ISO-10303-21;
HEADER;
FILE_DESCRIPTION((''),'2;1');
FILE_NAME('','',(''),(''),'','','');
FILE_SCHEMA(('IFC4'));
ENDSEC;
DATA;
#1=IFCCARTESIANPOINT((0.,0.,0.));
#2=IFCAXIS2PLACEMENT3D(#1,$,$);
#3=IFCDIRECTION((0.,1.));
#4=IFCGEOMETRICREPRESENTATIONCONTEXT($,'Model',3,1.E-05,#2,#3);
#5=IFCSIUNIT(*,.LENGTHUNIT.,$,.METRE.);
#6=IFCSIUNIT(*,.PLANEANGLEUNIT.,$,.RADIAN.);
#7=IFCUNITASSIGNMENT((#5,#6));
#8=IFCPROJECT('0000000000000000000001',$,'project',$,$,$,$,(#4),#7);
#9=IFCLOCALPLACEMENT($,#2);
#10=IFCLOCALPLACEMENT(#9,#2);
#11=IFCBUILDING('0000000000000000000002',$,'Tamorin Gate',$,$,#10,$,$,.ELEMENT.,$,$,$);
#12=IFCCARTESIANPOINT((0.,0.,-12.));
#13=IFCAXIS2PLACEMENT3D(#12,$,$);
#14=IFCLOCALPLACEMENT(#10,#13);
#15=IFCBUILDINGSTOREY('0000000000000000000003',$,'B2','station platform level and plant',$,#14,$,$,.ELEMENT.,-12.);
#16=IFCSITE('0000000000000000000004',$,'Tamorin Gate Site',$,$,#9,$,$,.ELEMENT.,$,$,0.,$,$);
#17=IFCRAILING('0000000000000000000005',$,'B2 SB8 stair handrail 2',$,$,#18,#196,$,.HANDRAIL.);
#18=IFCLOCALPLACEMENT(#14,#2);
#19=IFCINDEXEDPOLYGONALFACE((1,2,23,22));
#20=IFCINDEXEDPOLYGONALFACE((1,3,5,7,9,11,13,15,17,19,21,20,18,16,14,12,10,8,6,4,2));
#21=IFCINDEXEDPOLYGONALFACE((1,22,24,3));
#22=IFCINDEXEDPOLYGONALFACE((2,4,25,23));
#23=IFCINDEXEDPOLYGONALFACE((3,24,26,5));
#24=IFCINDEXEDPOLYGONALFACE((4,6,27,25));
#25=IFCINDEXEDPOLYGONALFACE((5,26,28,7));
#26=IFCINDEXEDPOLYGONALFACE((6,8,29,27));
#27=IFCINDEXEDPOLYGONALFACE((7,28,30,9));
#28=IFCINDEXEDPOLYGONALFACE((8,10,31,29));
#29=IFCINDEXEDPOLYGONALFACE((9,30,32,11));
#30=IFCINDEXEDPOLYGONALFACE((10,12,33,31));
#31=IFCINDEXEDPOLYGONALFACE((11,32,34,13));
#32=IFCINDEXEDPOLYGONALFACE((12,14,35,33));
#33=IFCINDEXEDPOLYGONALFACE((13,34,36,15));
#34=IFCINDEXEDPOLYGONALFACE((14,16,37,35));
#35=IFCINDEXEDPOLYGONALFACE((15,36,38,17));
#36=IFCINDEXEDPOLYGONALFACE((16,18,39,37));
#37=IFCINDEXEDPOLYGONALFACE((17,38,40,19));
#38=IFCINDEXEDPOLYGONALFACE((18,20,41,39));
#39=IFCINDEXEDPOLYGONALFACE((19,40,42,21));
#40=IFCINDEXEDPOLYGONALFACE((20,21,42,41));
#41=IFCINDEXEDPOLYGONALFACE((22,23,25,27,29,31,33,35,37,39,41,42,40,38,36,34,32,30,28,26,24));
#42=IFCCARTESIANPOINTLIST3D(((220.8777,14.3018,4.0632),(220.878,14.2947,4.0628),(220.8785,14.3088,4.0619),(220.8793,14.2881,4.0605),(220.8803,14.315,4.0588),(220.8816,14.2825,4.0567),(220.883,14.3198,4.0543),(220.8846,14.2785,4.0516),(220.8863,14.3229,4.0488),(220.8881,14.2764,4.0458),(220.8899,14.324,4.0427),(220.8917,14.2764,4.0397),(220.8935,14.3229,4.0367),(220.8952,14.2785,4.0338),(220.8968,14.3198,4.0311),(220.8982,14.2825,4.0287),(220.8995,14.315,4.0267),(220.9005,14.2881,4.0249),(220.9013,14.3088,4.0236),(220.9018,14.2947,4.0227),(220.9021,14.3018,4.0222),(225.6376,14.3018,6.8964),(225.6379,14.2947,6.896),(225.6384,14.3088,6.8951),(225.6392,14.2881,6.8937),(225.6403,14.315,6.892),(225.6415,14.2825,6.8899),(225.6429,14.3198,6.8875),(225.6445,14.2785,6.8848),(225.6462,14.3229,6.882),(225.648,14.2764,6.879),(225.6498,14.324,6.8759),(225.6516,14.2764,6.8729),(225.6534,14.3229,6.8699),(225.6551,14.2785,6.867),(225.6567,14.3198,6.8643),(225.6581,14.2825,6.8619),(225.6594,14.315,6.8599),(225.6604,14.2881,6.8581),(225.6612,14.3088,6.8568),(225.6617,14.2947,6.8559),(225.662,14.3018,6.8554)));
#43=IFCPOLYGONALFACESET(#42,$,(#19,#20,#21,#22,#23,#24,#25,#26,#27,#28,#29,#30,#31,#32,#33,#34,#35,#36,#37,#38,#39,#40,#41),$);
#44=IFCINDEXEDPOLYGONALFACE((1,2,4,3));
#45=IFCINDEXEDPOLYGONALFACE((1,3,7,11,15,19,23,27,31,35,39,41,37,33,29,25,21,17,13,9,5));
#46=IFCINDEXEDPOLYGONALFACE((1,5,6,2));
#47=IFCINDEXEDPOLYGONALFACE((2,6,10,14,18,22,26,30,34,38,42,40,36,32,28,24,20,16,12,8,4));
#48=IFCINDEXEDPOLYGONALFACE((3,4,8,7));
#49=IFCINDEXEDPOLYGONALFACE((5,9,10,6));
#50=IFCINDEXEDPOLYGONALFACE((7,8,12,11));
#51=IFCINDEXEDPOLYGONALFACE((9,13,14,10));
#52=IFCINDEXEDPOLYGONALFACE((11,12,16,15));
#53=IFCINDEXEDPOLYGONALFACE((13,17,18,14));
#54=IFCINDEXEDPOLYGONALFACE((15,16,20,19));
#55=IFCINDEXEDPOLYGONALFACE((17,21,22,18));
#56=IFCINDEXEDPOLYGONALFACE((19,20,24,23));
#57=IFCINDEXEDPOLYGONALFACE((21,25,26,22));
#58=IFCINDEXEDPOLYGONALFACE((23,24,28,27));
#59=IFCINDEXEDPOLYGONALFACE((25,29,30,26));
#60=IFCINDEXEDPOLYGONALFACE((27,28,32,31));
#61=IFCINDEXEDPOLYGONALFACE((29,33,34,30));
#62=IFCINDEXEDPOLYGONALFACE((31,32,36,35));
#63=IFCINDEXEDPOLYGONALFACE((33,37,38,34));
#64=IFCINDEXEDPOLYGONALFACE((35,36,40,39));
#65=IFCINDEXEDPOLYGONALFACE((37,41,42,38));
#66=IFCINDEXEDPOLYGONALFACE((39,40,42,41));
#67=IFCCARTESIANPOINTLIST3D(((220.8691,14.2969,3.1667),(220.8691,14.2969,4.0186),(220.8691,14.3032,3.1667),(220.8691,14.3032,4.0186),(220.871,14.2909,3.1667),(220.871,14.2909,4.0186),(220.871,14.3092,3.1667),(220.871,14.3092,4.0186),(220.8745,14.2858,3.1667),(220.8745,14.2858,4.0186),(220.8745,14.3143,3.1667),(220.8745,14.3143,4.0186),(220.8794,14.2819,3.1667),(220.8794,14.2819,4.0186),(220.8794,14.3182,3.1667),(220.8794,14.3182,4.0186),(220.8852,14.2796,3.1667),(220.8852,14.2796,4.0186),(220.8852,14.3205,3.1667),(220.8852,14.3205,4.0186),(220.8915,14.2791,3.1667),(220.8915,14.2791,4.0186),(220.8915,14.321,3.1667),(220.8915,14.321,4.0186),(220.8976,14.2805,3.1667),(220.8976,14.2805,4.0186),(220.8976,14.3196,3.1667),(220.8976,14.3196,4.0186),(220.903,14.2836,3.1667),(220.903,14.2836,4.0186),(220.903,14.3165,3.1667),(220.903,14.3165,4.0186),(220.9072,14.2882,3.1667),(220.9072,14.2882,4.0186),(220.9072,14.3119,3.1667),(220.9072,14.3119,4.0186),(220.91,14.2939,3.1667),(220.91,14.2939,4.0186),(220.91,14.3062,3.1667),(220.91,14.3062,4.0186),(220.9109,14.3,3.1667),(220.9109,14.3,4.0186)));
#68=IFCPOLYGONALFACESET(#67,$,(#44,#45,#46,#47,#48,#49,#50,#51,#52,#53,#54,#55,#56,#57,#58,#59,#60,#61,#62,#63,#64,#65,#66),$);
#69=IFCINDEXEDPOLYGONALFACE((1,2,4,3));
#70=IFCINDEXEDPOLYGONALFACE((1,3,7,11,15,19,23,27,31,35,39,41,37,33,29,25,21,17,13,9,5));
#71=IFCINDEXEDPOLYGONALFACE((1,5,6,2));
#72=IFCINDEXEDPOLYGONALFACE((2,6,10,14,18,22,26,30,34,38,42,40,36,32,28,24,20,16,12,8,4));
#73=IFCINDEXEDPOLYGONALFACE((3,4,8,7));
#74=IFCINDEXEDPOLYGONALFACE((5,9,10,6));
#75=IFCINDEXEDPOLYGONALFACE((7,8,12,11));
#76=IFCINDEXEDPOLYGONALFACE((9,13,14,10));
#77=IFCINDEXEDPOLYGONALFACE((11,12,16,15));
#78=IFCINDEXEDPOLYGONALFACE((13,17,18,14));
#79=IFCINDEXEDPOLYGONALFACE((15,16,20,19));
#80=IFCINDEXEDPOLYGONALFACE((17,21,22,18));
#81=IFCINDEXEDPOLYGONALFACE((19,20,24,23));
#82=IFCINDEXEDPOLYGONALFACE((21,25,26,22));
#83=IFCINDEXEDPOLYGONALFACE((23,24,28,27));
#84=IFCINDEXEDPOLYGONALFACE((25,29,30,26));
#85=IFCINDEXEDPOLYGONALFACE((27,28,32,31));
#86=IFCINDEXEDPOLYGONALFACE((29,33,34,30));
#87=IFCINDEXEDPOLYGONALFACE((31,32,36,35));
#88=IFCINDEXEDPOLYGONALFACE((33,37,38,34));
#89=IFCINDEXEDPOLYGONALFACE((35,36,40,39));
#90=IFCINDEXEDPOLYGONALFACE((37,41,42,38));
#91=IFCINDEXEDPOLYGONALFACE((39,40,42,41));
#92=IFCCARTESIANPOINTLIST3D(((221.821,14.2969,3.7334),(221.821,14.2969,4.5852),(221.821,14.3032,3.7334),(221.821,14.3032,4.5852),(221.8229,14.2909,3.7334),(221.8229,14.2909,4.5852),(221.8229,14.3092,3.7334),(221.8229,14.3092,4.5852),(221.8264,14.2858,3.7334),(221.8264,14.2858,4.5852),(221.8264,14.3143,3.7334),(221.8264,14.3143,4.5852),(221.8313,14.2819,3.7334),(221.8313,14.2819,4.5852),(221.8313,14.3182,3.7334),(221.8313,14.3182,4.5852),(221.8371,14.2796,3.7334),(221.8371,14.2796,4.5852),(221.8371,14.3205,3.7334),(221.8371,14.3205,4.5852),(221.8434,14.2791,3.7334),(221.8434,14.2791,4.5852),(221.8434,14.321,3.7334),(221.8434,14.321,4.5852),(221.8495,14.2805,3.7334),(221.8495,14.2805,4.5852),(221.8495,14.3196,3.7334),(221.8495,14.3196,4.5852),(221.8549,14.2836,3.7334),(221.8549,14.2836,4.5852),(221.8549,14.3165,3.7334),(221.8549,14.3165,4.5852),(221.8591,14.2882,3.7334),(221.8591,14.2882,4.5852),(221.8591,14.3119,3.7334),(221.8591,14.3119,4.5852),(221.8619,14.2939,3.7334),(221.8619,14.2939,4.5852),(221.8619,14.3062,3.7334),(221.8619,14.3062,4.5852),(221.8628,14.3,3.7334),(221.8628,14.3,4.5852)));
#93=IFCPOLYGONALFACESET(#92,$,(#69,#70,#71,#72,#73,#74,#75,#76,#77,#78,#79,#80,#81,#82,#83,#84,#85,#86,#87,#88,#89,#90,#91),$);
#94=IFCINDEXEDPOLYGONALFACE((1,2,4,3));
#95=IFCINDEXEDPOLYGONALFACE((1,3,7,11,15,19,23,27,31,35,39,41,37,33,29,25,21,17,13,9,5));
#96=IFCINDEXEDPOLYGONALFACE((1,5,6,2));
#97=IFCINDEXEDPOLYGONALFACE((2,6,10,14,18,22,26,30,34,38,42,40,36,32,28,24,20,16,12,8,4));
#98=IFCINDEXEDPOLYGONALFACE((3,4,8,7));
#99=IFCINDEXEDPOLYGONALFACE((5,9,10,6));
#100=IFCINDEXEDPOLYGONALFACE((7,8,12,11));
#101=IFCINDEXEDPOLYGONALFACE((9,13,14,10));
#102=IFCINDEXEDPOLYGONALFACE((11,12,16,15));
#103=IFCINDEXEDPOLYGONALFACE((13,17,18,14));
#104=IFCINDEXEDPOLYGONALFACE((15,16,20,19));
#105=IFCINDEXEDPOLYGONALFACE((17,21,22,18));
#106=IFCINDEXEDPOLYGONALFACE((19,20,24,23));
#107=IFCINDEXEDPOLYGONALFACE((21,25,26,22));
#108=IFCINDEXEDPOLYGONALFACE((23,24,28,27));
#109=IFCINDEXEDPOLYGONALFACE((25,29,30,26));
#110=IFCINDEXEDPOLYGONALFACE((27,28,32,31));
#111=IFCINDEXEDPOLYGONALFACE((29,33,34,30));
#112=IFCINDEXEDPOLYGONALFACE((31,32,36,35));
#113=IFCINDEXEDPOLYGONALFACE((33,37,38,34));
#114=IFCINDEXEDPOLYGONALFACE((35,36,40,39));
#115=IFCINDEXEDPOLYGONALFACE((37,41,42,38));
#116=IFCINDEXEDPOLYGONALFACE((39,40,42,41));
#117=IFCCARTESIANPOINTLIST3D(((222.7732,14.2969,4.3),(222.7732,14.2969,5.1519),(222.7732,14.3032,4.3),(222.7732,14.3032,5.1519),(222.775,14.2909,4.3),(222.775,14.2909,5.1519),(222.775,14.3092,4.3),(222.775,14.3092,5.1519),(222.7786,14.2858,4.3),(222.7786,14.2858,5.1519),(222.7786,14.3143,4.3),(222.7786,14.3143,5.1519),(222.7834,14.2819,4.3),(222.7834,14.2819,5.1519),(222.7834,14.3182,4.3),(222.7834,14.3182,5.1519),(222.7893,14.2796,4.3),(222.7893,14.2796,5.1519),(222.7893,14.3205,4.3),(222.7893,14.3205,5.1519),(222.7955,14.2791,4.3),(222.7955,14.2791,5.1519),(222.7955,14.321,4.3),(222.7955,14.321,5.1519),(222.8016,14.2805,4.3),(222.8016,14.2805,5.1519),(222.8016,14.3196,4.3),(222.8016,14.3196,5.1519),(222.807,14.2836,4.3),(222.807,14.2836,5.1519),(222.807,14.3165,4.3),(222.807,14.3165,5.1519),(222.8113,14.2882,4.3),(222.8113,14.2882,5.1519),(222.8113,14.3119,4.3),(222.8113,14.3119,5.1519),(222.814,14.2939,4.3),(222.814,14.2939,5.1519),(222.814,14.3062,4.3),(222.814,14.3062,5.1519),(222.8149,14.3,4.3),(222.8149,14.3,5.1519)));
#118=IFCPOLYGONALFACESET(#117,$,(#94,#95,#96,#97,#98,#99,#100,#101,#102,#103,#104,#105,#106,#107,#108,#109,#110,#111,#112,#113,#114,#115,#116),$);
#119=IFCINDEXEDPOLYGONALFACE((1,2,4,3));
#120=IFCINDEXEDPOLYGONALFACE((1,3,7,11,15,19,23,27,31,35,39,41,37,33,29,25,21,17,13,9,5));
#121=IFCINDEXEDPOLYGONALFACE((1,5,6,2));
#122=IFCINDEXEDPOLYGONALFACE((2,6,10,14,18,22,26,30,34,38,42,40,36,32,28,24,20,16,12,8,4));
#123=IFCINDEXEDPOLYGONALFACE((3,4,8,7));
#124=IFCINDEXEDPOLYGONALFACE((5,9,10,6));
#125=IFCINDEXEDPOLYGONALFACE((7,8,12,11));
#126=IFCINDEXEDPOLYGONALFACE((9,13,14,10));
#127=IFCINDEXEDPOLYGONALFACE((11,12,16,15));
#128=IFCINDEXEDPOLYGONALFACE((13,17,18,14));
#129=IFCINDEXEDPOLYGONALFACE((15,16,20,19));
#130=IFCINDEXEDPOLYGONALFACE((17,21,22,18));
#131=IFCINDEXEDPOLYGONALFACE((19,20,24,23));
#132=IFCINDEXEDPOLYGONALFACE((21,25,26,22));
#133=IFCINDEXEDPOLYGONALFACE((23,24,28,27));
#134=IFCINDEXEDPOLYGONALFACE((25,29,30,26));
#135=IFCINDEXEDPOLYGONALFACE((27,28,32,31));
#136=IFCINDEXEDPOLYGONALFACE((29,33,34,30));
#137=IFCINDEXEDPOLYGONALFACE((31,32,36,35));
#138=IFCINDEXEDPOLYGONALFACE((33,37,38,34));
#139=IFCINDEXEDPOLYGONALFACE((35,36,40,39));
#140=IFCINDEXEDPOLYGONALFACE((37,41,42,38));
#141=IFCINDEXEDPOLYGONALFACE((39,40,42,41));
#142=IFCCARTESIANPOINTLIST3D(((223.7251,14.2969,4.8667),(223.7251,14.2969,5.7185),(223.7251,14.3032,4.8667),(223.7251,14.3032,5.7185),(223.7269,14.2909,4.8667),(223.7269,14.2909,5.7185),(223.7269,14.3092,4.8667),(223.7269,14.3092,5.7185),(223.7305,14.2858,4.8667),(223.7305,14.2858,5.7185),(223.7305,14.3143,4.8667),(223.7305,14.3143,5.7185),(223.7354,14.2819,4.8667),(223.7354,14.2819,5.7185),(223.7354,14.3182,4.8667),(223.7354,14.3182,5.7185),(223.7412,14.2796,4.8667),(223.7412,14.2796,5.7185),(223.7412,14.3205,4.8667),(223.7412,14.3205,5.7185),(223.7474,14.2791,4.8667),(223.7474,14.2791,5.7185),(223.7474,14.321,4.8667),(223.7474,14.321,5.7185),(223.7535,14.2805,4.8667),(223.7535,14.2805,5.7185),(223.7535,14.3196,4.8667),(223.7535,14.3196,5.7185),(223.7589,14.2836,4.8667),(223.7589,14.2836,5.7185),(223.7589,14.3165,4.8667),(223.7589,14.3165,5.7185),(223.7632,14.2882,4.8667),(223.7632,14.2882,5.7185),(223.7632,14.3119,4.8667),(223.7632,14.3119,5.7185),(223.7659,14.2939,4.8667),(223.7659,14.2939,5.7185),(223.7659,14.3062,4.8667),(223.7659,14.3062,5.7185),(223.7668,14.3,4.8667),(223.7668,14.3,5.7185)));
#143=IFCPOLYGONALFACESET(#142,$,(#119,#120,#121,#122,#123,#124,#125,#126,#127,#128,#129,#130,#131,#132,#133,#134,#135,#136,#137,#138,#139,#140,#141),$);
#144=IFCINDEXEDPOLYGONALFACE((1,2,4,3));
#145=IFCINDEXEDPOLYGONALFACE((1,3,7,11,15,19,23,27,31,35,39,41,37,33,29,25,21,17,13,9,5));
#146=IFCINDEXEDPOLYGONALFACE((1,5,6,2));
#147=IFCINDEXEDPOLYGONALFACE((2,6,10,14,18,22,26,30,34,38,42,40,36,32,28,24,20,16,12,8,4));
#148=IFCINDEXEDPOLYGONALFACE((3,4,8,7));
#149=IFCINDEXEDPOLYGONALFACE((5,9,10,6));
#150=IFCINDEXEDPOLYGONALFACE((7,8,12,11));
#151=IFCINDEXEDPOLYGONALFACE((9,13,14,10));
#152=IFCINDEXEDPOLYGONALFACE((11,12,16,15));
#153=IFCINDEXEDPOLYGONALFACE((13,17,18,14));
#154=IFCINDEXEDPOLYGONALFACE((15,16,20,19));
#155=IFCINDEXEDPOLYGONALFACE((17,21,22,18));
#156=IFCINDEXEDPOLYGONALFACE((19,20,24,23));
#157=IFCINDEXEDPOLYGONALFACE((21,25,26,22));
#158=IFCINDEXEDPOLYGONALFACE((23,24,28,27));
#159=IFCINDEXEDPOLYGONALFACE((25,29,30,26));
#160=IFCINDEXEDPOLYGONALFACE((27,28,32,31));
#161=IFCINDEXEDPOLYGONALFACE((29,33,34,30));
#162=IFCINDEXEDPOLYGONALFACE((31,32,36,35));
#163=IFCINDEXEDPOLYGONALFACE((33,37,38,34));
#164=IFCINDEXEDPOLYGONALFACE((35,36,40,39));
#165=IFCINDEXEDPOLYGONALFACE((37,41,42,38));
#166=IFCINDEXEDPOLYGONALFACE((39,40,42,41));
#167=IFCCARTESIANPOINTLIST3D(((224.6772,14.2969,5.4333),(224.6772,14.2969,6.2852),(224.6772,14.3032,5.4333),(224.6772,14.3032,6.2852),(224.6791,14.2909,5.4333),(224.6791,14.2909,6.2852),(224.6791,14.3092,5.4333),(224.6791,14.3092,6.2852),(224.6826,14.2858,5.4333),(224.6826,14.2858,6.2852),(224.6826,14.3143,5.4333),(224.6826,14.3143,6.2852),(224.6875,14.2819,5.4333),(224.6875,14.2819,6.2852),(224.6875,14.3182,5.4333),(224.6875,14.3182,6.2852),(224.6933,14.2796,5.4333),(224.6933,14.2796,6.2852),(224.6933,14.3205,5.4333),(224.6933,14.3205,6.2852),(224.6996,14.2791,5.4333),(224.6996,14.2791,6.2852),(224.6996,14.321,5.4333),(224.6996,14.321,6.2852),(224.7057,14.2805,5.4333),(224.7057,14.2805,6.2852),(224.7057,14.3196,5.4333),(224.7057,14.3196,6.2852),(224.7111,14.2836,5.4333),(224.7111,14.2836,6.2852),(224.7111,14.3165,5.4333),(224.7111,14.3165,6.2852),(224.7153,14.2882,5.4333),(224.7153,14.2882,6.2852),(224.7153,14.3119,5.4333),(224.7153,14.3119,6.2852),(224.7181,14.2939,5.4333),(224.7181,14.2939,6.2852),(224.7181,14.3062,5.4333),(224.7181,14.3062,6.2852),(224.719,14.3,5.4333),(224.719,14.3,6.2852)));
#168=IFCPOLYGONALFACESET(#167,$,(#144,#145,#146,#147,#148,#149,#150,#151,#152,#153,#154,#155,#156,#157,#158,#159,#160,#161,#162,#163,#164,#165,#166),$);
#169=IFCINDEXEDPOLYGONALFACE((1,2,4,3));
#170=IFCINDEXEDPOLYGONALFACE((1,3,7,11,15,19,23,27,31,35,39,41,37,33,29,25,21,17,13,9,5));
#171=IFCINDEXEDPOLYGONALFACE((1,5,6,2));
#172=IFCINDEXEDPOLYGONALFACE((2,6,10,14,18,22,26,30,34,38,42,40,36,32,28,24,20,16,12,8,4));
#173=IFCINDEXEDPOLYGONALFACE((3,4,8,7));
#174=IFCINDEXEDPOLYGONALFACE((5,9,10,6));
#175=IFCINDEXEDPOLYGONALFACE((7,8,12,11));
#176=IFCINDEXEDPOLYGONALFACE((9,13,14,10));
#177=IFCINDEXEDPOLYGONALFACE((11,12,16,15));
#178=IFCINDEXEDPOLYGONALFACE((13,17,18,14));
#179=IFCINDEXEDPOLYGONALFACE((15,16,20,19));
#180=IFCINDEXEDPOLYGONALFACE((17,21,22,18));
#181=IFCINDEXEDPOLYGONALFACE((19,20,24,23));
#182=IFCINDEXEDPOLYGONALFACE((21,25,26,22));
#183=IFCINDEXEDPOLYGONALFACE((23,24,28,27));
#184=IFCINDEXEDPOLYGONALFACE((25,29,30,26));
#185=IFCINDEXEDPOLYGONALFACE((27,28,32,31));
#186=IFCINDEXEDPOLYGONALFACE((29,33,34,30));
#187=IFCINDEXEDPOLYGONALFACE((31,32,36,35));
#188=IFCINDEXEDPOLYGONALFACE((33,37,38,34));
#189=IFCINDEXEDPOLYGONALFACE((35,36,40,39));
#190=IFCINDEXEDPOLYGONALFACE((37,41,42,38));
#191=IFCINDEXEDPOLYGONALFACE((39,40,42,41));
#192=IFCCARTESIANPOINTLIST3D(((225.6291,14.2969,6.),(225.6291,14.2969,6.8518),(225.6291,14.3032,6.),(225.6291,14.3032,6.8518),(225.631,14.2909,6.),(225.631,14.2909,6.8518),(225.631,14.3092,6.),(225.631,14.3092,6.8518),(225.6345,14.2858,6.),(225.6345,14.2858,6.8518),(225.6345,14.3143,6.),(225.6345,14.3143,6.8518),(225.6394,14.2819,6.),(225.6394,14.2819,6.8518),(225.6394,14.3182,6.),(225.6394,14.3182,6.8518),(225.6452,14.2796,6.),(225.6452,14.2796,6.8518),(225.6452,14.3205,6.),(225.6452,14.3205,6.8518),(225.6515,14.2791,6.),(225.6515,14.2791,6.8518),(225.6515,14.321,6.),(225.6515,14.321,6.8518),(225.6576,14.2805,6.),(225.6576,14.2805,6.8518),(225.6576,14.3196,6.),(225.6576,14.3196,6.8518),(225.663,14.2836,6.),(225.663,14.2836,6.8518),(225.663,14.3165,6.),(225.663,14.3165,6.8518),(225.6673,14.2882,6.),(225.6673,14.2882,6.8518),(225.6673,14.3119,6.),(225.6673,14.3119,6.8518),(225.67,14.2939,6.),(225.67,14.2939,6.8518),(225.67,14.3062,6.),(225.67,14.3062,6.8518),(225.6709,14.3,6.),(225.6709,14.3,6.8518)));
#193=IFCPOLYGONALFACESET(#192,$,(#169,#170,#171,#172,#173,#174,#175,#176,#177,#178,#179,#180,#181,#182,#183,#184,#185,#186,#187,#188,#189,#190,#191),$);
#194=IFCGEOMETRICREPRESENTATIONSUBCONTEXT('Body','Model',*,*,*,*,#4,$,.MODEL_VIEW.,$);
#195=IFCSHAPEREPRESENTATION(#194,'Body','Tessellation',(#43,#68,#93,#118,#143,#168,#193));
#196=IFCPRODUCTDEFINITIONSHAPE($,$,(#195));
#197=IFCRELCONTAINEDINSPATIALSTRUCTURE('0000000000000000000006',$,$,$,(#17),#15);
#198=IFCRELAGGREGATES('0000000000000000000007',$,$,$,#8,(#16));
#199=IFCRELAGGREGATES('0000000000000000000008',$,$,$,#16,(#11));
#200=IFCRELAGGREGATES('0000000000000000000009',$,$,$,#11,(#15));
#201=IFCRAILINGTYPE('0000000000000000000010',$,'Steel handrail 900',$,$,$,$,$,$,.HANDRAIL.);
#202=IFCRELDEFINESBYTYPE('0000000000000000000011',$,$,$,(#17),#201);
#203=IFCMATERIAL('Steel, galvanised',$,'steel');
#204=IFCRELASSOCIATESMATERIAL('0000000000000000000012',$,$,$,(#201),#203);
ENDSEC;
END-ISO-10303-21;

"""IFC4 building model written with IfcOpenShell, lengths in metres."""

from ifc_helpers import new_model, si_unit, direction, frame, origin, origin_2d, place, context, subcontext, project, spatial, circle, extrude, material, type_object, element, save


model = new_model("IFC4")

# Units and contexts
model_context = context("Model", 3, precision=1e-05, world=origin(), true_north=direction((0.0, 1.0)))
body_context = subcontext(model_context, "Body", "Model", "MODEL_VIEW")
ifc_project = project(units=[si_unit("LENGTHUNIT", "METRE"), si_unit("PLANEANGLEUNIT", "RADIAN")], contexts=[model_context])

# Site, building, storey
site_placement = place(None, origin())
site = spatial("IfcSite", under=ifc_project, at=site_placement, Name="Tamorin Gate Site", CompositionType="ELEMENT", RefElevation=0.0)
building_placement = place(site_placement, origin())
building = spatial("IfcBuilding", under=site, at=building_placement, Name="Tamorin Gate", CompositionType="ELEMENT")
storey_placement = place(building_placement, frame((0.0, 0.0, -12.0)))
storey = spatial("IfcBuildingStorey", under=building, at=storey_placement, Name="B2", Description="station platform level and plant", CompositionType="ELEMENT", Elevation=-12.0)

# Railing
ifc_material_1 = material(Name="Steel, galvanised", Category="steel")
railing_type_1 = type_object("IfcRailingType", Name="Steel handrail 900", PredefinedType="HANDRAIL", material=ifc_material_1)
railing_1_placement = place(storey_placement, frame((220.8899, 14.3, 3.1667)))
element("IfcRailing", 1, at=railing_1_placement, inside=storey, type_object=railing_type_1, Name="B2 SB8 stair handrail 2", PredefinedType="HANDRAIL", context=body_context, shape_type="SweptSolid", body=[
    extrude(circle(Radius=0.0239, at=origin_2d()), frame((0.0, 0.0, 0.876), z_axis=(0.8593, 0.0, 0.511472), x_axis=(0.0, 1.0, 0.0)), (0.0, 0.0, 1.0), 5.5393),
    extrude(circle(Radius=0.021, at=origin_2d()), origin(), (0.0, 0.0, 1.0), 0.8518),
    extrude(circle(Radius=0.021, at=origin_2d()), frame((0.9519, 0.0, 0.5667)), (0.0, 0.0, 1.0), 0.8518),
    extrude(circle(Radius=0.021, at=origin_2d()), frame((1.9041, 0.0, 1.1333)), (0.0, 0.0, 1.0), 0.8518),
    extrude(circle(Radius=0.021, at=origin_2d()), frame((2.856, 0.0, 1.7)), (0.0, 0.0, 1.0), 0.8518),
    extrude(circle(Radius=0.021, at=origin_2d()), frame((3.8081, 0.0, 2.2666)), (0.0, 0.0, 1.0), 0.8518),
    extrude(circle(Radius=0.021, at=origin_2d()), frame((4.76, 0.0, 2.8333)), (0.0, 0.0, 1.0), 0.8518),
])

save(model, "model.ifc")
